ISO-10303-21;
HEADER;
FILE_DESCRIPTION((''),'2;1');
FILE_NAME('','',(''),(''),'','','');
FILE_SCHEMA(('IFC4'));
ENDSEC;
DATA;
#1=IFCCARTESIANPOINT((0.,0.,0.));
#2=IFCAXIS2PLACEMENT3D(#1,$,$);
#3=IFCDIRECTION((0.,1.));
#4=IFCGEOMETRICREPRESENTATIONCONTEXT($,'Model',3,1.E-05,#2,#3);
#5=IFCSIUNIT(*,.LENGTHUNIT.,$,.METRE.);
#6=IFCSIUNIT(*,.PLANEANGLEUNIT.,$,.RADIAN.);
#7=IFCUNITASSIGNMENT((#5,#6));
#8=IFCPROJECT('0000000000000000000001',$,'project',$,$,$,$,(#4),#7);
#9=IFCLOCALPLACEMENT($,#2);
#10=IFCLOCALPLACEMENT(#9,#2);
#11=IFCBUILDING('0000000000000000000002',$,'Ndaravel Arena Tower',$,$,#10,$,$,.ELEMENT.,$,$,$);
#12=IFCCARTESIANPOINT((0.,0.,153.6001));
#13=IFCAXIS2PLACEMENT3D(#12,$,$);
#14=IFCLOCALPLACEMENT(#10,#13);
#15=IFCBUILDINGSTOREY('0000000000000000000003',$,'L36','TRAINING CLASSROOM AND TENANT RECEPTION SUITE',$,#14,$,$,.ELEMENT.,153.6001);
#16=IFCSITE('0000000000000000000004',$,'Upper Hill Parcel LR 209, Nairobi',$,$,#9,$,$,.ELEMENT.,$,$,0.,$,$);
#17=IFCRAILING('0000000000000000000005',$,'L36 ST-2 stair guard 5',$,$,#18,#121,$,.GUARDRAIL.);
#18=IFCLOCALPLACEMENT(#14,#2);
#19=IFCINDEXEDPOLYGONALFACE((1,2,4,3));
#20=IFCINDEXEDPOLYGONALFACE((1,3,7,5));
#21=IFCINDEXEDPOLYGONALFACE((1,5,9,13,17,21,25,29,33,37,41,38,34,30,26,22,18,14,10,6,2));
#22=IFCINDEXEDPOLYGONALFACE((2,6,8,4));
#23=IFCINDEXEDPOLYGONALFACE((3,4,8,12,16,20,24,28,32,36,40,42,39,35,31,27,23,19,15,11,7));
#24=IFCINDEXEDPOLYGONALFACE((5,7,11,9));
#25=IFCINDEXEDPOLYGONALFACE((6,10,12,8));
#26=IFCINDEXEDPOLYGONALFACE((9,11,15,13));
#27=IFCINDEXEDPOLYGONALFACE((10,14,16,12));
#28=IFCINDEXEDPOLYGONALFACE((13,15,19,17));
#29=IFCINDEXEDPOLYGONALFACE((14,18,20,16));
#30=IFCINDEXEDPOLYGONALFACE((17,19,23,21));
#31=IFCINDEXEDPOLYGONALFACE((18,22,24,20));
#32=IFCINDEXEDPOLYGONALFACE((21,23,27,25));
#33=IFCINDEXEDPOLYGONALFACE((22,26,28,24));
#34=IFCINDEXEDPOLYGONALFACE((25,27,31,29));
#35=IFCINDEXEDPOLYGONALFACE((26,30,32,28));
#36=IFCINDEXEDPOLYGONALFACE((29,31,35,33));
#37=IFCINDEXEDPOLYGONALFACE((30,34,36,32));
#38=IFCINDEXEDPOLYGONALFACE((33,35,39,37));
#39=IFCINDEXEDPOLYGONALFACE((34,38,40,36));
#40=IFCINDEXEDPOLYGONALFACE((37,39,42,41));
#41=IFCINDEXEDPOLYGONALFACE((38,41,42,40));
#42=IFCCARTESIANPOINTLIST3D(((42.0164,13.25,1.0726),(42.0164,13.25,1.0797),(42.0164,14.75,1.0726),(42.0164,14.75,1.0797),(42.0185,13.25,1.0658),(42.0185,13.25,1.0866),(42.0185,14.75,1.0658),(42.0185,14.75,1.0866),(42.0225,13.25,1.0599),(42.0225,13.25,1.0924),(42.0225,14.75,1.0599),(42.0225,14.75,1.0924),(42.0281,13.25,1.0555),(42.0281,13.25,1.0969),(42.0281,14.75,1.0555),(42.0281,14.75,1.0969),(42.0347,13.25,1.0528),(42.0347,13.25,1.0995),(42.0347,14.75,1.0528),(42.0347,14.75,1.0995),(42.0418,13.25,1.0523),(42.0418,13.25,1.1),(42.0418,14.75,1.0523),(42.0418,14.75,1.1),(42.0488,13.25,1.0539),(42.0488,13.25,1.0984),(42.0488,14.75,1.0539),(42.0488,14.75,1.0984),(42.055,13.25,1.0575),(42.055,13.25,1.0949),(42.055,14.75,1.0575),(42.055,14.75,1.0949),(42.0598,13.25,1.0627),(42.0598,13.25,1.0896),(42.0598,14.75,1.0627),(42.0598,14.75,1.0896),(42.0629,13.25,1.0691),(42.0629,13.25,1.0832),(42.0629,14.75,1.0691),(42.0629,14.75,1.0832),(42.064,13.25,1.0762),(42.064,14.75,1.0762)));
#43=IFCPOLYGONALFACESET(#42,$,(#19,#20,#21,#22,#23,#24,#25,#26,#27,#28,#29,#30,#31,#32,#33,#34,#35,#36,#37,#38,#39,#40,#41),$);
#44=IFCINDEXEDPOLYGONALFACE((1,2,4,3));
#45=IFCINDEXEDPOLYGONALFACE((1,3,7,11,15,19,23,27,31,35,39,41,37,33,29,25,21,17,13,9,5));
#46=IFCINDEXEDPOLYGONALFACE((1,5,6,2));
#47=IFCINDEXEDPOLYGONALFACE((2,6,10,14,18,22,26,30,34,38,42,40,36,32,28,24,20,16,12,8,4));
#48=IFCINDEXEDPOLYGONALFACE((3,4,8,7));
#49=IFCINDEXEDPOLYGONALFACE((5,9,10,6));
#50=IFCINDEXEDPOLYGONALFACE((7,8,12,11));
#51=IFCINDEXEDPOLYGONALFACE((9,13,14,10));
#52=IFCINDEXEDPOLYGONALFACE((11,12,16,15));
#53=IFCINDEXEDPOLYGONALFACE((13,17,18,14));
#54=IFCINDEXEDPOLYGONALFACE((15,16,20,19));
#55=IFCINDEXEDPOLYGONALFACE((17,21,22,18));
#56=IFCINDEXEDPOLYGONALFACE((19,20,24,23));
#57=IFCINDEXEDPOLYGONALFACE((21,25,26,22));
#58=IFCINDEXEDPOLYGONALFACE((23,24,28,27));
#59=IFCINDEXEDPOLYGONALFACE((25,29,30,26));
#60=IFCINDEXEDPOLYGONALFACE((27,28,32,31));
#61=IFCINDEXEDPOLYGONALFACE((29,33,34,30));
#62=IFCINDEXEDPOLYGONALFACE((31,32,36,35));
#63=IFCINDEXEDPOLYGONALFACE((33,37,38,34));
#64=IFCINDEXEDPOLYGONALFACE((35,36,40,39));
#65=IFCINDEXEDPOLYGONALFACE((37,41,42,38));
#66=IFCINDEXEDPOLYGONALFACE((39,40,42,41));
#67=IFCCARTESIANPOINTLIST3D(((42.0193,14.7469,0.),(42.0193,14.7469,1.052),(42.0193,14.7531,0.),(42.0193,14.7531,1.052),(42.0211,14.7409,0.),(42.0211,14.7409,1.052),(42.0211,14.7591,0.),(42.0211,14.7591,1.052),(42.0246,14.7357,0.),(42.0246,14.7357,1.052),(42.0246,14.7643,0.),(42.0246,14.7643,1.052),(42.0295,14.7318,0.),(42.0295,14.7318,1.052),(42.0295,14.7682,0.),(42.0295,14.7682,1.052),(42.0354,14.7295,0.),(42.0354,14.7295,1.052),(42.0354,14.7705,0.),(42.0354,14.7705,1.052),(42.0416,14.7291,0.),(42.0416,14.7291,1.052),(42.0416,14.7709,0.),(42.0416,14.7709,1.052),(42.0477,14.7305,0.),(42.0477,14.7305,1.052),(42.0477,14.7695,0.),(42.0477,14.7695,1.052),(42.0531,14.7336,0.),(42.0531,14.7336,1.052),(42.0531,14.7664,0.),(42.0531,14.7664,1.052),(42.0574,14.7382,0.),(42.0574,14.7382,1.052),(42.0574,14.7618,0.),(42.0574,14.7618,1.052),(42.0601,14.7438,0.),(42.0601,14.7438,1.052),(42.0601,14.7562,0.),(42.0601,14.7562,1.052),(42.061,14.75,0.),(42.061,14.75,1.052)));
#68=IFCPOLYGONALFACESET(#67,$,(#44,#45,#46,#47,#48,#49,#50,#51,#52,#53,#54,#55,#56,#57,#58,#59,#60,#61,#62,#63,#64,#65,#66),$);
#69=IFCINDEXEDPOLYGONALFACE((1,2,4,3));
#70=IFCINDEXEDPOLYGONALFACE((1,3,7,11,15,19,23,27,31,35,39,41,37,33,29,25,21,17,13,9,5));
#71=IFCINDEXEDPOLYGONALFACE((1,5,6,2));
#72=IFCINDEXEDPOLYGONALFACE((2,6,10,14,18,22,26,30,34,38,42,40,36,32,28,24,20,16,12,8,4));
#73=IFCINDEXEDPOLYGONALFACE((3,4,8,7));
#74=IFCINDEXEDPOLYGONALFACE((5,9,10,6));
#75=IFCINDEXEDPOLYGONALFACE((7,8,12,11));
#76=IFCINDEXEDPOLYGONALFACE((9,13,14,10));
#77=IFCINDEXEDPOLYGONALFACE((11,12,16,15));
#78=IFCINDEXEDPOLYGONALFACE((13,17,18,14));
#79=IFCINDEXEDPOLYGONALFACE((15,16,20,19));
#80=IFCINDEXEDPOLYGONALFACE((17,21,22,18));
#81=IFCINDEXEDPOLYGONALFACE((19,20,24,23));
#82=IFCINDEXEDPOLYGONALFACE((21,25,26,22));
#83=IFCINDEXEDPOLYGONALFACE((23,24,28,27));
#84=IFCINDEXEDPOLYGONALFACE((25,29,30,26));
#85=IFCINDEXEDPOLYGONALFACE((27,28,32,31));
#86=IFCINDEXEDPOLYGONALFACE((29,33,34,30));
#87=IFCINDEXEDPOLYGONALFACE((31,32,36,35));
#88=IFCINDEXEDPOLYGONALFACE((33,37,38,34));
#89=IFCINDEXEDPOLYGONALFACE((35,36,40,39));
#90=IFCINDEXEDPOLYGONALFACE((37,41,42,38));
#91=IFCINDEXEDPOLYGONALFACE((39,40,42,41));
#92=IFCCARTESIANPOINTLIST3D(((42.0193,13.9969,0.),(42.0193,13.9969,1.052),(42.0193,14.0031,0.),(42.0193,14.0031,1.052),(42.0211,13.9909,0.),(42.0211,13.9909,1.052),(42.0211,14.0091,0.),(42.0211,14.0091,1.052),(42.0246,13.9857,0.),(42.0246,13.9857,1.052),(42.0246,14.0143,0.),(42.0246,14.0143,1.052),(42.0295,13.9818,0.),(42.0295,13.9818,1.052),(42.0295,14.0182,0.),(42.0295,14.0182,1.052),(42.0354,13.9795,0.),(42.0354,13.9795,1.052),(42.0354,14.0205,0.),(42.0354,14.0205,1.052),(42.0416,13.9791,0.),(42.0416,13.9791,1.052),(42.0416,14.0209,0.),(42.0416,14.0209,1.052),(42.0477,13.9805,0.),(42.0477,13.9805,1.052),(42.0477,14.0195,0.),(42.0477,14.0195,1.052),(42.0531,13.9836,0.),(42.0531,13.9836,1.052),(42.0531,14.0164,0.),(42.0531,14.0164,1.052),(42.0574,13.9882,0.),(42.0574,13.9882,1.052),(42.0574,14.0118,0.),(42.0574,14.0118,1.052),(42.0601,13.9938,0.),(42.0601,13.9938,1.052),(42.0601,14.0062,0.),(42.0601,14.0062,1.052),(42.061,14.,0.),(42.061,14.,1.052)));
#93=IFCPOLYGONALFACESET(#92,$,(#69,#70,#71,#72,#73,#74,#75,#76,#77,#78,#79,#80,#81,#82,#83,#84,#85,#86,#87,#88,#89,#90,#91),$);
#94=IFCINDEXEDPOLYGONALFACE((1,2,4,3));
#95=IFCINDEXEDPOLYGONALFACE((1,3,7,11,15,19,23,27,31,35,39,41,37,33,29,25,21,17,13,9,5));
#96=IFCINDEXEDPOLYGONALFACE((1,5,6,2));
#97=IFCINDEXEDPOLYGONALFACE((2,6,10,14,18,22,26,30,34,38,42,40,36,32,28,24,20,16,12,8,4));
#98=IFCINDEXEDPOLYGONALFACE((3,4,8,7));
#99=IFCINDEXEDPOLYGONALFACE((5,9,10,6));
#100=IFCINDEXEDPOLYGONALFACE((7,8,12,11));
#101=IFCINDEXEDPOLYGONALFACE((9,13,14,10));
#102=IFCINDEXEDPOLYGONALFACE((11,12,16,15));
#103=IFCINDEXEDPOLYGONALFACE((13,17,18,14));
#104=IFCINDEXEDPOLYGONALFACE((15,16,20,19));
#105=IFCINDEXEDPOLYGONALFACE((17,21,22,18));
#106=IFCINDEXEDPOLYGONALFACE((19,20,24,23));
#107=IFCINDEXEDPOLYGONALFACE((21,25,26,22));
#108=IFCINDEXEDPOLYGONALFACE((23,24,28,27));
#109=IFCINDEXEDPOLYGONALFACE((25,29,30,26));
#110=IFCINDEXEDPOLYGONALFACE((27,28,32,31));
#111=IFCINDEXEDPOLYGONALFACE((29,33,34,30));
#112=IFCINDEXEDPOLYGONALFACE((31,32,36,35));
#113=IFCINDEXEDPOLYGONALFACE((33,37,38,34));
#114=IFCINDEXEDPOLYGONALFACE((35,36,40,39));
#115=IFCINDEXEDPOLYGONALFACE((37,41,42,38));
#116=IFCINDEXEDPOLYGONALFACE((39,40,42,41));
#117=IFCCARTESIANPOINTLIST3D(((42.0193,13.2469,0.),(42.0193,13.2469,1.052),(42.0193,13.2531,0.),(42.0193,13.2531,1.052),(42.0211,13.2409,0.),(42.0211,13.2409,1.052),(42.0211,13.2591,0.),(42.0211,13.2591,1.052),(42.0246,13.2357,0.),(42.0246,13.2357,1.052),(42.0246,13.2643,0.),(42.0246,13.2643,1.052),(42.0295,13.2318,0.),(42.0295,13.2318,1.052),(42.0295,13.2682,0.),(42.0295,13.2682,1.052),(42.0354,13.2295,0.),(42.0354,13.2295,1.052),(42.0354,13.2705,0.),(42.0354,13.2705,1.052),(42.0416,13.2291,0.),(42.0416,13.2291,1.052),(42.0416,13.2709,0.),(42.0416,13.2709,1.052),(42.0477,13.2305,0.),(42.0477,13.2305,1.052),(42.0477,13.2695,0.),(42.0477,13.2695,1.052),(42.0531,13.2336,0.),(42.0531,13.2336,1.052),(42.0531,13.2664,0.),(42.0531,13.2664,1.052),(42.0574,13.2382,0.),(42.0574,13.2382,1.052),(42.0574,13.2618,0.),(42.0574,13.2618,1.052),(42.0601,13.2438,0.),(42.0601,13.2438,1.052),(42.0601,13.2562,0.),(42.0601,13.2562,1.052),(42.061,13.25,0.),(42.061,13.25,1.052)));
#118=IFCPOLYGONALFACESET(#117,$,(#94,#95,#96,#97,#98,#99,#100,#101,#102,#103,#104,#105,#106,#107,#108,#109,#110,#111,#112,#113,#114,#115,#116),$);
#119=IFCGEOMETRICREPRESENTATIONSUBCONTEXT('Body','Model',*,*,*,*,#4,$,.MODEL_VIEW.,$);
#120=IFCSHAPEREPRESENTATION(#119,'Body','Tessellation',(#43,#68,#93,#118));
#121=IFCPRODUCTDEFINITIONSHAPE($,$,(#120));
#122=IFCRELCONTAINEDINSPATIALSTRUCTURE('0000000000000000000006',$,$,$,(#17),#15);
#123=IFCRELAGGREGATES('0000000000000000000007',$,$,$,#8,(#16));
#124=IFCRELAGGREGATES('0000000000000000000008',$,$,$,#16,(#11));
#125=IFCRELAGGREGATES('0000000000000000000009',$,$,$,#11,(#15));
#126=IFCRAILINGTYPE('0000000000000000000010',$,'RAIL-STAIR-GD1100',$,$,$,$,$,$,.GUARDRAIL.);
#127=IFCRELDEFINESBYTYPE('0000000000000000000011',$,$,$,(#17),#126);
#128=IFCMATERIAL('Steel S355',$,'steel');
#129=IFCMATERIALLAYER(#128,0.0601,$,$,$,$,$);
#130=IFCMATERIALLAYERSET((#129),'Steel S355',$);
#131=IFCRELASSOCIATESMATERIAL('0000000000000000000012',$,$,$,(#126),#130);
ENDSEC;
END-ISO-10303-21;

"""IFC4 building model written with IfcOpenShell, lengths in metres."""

from ifc_helpers import new_model, si_unit, direction, frame, origin, origin_2d, place, context, subcontext, project, spatial, circle, extrude, material, layer, layer_set, type_object, element, save


model = new_model("IFC4")

# Units and contexts
model_context = context("Model", 3, precision=1e-05, world=origin(), true_north=direction((0.0, 1.0)))
body_context = subcontext(model_context, "Body", "Model", "MODEL_VIEW")
ifc_project = project(units=[si_unit("LENGTHUNIT", "METRE"), si_unit("PLANEANGLEUNIT", "RADIAN")], contexts=[model_context])

# Site, building, storey
site_placement = place(None, origin())
site = spatial("IfcSite", under=ifc_project, at=site_placement, Name="Upper Hill Parcel LR 209, Nairobi", CompositionType="ELEMENT", RefElevation=0.0)
building_placement = place(site_placement, origin())
building = spatial("IfcBuilding", under=site, at=building_placement, Name="Ndaravel Arena Tower", CompositionType="ELEMENT")
storey_placement = place(building_placement, frame((0.0, 0.0, 153.6001)))
storey = spatial("IfcBuildingStorey", under=building, at=storey_placement, Name="L36", Description="TRAINING CLASSROOM AND TENANT RECEPTION SUITE", CompositionType="ELEMENT", Elevation=153.6001)

# Railing
ifc_material_1 = material(Name="Steel S355", Category="steel")
ifc_layer_1 = layer(ifc_material_1, 0.0601)
ifc_layer_set_1 = layer_set([ifc_layer_1], Name="Steel S355")
railing_type = type_object("IfcRailingType", Name="RAIL-STAIR-GD1100", PredefinedType="GUARDRAIL", material=ifc_layer_set_1)
railing_1_placement = place(storey_placement, frame((42.04, 14.75, 0.0)))
element("IfcRailing", 1, at=railing_1_placement, inside=storey, type_object=railing_type, Name="L36 ST-2 stair guard 5", PredefinedType="GUARDRAIL", context=body_context, shape_type="SweptSolid", body=[
    extrude(circle(Radius=0.0239, at=origin_2d()), frame((0.0, 0.0, 1.0762), z_axis=(0.0, -1.0, 0.0), x_axis=(1.0, 0.0, 0.0)), (0.0, 0.0, 1.0), 1.5),
    extrude(circle(Radius=0.021, at=origin_2d()), origin(), (0.0, 0.0, 1.0), 1.052),
    extrude(circle(Radius=0.021, at=origin_2d()), frame((0.0, -0.75, 0.0)), (0.0, 0.0, 1.0), 1.052),
    extrude(circle(Radius=0.021, at=origin_2d()), frame((0.0, -1.5, 0.0)), (0.0, 0.0, 1.0), 1.052),
])

save(model, "model.ifc")
